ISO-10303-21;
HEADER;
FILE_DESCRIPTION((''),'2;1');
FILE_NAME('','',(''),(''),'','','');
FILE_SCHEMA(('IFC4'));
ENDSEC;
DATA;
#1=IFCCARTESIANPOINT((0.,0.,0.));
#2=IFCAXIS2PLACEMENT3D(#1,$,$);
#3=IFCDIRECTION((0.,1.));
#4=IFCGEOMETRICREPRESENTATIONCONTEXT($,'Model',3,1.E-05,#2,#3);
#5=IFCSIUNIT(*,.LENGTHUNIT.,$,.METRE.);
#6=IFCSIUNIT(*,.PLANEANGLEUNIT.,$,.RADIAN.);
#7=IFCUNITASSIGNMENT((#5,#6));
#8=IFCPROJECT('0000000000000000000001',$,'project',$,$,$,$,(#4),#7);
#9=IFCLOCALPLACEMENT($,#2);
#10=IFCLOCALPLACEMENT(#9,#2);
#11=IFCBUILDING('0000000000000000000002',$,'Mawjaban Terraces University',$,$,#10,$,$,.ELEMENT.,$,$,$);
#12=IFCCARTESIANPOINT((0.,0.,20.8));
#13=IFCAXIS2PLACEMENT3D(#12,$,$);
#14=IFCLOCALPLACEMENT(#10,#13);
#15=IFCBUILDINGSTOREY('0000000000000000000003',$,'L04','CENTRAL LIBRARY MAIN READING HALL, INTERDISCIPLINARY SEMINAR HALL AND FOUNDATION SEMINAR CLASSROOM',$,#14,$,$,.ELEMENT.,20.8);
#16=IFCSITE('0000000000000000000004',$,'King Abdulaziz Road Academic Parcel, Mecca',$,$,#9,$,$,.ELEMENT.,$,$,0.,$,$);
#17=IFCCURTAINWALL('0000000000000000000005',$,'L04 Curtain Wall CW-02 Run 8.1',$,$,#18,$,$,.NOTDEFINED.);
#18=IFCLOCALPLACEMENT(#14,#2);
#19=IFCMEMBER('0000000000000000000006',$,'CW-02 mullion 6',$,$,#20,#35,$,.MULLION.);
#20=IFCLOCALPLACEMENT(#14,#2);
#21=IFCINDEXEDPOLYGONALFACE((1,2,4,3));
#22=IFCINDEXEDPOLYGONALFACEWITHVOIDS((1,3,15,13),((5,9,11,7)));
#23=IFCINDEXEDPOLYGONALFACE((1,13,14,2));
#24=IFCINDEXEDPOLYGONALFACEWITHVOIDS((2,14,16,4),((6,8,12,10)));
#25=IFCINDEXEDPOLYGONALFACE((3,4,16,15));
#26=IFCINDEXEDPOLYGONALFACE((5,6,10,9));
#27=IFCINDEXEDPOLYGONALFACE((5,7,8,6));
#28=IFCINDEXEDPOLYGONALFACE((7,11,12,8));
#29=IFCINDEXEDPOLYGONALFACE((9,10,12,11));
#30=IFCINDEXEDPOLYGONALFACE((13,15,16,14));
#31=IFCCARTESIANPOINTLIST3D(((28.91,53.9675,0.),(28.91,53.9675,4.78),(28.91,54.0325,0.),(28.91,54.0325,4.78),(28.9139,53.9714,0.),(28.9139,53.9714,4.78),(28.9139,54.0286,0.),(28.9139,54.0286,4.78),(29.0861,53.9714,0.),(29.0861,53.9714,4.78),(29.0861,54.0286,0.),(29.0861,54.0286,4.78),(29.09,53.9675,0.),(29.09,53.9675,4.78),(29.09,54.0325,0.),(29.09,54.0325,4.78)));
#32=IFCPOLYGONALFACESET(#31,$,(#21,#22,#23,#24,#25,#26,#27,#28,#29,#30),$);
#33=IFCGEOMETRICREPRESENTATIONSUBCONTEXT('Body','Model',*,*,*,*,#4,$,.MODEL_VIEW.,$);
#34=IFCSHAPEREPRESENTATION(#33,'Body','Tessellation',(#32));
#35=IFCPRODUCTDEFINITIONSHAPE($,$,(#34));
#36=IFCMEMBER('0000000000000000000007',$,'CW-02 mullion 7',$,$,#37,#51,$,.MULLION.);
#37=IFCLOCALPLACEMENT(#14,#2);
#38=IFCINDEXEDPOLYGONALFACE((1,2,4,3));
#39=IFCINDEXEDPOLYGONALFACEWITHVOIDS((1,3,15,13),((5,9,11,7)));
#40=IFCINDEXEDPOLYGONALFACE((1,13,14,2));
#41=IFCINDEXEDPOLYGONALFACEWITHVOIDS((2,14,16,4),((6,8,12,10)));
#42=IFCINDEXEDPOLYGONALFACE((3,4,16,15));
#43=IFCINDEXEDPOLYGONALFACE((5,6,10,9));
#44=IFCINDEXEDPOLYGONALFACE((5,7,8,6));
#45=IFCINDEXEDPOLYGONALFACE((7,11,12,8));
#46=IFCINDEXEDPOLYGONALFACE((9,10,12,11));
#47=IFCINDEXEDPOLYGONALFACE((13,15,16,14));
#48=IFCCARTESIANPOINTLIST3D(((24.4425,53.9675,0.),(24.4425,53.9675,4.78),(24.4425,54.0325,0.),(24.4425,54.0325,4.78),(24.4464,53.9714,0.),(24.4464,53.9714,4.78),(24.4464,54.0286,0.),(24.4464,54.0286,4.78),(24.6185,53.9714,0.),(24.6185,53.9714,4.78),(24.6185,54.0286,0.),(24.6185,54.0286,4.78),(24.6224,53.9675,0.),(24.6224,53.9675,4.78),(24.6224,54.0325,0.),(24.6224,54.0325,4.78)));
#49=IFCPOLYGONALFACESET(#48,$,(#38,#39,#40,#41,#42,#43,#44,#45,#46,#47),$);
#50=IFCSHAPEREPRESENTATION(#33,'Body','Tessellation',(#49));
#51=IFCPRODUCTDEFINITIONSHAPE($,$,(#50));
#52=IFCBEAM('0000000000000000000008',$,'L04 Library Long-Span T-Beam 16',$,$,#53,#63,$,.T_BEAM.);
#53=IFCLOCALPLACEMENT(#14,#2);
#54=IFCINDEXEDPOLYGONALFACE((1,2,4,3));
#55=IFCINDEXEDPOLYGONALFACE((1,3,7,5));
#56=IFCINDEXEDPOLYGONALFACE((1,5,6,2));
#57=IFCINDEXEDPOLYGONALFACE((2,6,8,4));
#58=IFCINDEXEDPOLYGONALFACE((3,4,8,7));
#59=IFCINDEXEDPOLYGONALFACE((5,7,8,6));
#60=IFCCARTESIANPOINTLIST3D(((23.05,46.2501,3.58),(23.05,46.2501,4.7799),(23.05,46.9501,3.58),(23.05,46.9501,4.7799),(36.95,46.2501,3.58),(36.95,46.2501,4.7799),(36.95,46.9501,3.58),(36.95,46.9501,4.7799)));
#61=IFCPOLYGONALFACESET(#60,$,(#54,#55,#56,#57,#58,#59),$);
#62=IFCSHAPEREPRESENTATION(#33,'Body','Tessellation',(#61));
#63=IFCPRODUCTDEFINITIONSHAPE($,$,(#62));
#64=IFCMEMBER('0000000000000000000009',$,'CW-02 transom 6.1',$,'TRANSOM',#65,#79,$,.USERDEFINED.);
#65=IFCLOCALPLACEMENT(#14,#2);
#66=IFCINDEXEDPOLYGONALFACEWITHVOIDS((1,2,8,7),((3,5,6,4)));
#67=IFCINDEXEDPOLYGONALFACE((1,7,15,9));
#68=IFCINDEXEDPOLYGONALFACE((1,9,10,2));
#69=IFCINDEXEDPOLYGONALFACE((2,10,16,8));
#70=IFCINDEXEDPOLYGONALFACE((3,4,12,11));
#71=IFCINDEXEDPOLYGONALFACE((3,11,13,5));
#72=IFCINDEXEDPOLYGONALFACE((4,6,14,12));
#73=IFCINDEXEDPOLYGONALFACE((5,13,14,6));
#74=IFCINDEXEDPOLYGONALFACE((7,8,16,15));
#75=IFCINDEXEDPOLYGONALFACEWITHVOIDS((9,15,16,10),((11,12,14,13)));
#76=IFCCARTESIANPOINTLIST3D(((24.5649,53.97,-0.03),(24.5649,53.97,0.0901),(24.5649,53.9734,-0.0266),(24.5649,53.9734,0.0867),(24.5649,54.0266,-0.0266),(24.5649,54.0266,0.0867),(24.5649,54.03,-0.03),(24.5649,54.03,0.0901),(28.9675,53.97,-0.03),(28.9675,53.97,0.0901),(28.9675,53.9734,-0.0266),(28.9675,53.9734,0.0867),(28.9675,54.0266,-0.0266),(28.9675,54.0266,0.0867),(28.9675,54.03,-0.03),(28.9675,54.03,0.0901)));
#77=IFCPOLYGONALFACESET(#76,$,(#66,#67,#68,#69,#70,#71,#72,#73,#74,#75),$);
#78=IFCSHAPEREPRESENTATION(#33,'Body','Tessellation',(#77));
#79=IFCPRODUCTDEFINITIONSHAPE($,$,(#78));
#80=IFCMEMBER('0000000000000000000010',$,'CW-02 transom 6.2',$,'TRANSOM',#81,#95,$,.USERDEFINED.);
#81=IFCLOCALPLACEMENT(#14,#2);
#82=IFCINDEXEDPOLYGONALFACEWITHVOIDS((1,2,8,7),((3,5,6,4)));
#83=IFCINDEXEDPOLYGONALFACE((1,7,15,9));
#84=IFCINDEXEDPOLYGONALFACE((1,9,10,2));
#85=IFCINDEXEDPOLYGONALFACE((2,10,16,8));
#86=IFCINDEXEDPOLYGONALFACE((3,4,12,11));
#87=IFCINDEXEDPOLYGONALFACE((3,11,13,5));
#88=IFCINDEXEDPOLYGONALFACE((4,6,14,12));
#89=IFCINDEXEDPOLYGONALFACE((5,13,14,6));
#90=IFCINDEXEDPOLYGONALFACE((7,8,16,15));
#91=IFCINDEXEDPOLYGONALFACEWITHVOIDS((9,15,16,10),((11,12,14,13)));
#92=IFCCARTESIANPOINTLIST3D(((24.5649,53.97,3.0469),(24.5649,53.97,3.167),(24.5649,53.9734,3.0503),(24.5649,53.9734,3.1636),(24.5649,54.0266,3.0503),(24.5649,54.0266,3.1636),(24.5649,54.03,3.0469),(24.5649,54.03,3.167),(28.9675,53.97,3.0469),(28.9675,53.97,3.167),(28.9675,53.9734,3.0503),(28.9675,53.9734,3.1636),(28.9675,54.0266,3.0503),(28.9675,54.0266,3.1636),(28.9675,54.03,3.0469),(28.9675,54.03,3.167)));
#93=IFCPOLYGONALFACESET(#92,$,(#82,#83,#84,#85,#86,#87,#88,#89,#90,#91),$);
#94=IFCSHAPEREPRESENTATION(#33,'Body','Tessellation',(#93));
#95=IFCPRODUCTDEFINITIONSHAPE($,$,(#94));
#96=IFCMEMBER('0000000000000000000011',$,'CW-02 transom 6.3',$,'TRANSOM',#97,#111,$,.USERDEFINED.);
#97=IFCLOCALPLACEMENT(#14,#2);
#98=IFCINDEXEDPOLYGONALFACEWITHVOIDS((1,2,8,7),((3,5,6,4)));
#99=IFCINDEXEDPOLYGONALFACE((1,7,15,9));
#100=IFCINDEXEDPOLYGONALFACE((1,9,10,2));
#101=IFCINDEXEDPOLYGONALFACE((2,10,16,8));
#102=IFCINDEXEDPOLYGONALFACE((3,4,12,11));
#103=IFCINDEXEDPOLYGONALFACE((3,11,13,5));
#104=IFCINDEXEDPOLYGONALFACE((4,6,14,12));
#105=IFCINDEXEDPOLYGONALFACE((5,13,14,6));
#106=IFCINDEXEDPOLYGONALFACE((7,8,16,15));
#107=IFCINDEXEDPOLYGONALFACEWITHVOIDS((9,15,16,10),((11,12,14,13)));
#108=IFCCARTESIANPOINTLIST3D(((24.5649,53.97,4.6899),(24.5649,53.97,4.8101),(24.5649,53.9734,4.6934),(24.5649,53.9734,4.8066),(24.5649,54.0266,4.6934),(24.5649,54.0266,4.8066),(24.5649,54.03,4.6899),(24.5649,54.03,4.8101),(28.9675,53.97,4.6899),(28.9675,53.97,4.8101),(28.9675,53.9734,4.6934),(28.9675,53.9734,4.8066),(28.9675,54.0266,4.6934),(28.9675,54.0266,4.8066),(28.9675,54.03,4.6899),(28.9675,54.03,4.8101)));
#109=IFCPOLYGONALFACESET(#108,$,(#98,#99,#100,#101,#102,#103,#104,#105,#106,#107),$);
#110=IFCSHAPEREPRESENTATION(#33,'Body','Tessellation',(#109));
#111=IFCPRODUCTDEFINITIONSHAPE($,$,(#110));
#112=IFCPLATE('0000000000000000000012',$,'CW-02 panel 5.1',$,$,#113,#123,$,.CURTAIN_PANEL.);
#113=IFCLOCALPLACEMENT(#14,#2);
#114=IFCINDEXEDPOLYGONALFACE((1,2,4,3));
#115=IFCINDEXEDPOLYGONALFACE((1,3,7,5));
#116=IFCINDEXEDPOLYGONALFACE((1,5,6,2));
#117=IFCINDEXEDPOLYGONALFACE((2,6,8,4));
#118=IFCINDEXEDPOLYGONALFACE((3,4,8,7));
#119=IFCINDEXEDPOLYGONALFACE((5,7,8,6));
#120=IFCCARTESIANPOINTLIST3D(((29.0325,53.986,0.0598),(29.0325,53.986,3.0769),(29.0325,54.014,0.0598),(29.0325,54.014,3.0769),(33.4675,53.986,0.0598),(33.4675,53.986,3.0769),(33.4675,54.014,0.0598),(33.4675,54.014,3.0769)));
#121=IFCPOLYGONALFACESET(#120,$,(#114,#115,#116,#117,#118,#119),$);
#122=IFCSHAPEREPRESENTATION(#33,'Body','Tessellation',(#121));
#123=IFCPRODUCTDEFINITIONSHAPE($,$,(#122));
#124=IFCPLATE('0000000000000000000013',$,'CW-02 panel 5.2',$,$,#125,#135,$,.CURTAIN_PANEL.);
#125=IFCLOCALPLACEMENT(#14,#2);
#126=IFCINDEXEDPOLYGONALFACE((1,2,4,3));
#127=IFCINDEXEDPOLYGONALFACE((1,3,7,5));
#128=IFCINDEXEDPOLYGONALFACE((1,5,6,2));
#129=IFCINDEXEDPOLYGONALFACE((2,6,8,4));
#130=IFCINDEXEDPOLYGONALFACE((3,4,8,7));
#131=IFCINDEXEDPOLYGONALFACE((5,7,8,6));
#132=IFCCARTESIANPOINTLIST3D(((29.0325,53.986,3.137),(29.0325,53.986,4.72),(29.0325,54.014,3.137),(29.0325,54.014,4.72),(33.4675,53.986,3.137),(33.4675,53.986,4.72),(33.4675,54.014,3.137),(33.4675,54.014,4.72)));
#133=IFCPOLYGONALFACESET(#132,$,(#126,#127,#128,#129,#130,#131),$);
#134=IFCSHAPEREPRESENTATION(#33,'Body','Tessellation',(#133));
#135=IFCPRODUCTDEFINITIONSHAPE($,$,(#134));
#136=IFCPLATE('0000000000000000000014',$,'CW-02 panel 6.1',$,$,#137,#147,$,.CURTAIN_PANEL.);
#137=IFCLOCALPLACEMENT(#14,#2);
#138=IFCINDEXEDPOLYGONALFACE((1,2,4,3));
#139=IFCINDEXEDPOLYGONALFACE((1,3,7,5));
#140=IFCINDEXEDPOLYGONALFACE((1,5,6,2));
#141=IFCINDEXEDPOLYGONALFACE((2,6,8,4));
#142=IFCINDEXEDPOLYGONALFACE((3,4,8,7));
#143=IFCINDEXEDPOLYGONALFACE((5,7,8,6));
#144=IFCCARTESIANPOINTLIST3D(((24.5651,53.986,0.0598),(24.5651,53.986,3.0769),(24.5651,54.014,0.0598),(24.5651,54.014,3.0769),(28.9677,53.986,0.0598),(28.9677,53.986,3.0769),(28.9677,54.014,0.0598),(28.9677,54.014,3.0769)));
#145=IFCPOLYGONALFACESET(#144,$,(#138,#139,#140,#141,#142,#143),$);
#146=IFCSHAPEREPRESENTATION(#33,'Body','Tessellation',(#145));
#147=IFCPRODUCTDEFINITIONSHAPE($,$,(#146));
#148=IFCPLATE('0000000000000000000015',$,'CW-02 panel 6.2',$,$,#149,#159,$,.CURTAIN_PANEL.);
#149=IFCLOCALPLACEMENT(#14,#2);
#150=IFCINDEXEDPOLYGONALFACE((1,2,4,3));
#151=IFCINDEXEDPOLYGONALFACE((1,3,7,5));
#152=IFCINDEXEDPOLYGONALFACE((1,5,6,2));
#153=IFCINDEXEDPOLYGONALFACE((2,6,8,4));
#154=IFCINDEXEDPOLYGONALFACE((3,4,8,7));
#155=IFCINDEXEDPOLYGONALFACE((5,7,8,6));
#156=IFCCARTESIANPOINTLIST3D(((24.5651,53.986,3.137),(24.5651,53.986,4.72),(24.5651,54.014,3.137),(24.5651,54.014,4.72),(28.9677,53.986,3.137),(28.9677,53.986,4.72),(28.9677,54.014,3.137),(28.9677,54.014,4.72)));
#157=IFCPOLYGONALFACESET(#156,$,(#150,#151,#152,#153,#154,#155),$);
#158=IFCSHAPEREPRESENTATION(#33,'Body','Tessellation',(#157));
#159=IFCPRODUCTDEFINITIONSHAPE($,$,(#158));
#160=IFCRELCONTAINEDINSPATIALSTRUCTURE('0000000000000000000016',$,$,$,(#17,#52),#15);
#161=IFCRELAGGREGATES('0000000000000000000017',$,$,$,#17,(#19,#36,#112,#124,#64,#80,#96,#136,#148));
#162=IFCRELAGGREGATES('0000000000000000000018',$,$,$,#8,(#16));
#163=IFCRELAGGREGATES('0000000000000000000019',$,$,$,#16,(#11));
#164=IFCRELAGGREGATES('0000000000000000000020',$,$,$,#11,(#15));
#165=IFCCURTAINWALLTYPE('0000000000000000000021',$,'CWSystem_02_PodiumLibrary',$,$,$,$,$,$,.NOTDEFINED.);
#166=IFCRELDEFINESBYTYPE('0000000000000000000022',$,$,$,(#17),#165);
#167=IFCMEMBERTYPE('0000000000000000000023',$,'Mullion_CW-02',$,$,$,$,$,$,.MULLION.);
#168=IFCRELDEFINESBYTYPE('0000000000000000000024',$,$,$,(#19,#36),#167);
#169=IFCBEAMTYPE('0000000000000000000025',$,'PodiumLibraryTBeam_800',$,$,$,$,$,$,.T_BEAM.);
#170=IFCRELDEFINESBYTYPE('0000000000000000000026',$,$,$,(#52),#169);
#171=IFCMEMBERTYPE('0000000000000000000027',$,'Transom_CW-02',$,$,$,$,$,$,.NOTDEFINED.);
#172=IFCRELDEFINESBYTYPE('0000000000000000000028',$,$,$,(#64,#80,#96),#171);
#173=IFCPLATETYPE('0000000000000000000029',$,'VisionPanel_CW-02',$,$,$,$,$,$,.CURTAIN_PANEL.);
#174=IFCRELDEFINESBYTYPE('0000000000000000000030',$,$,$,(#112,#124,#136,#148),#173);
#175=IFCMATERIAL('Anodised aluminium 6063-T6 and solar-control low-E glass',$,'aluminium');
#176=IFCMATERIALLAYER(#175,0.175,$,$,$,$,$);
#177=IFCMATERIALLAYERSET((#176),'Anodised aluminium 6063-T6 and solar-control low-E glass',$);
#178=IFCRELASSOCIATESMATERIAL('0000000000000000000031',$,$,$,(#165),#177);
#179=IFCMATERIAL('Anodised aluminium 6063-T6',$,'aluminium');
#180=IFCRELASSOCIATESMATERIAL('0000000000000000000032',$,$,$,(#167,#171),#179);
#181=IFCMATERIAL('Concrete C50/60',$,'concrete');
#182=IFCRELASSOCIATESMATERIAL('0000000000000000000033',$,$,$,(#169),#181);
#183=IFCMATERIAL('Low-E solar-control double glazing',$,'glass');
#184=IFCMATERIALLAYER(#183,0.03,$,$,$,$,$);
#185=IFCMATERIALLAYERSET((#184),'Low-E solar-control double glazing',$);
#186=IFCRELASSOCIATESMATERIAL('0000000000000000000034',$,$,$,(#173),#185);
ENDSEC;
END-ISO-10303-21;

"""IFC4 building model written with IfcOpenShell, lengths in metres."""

from ifc_helpers import new_model, si_unit, direction, frame, origin, origin_2d, place, context, subcontext, project, spatial, rectangle, hollow_rectangle, extrude, material, layer, layer_set, material_profile, profile_set, type_object, element, aggregate, save


model = new_model("IFC4")

# Units and contexts
model_context = context("Model", 3, precision=1e-05, world=origin(), true_north=direction((0.0, 1.0)))
body_context = subcontext(model_context, "Body", "Model", "MODEL_VIEW")
ifc_project = project(units=[si_unit("LENGTHUNIT", "METRE"), si_unit("PLANEANGLEUNIT", "RADIAN")], contexts=[model_context])

# Site, building, storey
site_placement = place(None, origin())
site = spatial("IfcSite", under=ifc_project, at=site_placement, Name="King Abdulaziz Road Academic Parcel, Mecca", CompositionType="ELEMENT", RefElevation=0.0)
building_placement = place(site_placement, origin())
building = spatial("IfcBuilding", under=site, at=building_placement, Name="Mawjaban Terraces University", CompositionType="ELEMENT")
storey_placement = place(building_placement, frame((0.0, 0.0, 20.8)))
storey = spatial("IfcBuildingStorey", under=building, at=storey_placement, Name="L04", Description="CENTRAL LIBRARY MAIN READING HALL, INTERDISCIPLINARY SEMINAR HALL AND FOUNDATION SEMINAR CLASSROOM", CompositionType="ELEMENT", Elevation=20.8)

# Curtain wall, members
ifc_material_1 = material(Name="Anodised aluminium 6063-T6 and solar-control low-E glass", Category="aluminium")
ifc_layer_1 = layer(ifc_material_1, 0.175)
ifc_layer_set_1 = layer_set([ifc_layer_1], Name="Anodised aluminium 6063-T6 and solar-control low-E glass")
curtain_wall_type = type_object("IfcCurtainWallType", Name="CWSystem_02_PodiumLibrary", PredefinedType="NOTDEFINED", material=ifc_layer_set_1)
curtain_wall_placement = place(storey_placement, origin())
curtain_wall = element("IfcCurtainWall", 1, at=curtain_wall_placement, inside=storey, type_object=curtain_wall_type, Name="L04 Curtain Wall CW-02 Run 8.1", PredefinedType="NOTDEFINED")
ifc_material_2 = material(Name="Anodised aluminium 6063-T6", Category="aluminium")
ifc_material_profile_1 = material_profile(ifc_material_2, hollow_rectangle(XDim=0.0649, YDim=0.1799, WallThickness=0.0039, at=origin_2d()), Name="ALU180X65X4")
ifc_profile_set_1 = profile_set([ifc_material_profile_1], Name="Anodised aluminium 6063-T6")
member_type_1 = type_object("IfcMemberType", Name="Mullion_CW-02", PredefinedType="MULLION", material=ifc_profile_set_1)
member_1_placement = place(storey_placement, frame((29.0, 54.0, 0.0), z_axis=(0.0, 0.0, 1.0), x_axis=(0.0, -1.0, 0.0)))
member_1 = element("IfcMember", 2, at=member_1_placement, type_object=member_type_1, Name="CW-02 mullion 6", PredefinedType="MULLION", context=body_context, shape_type="SweptSolid", body=[
    extrude(hollow_rectangle(XDim=0.0649, YDim=0.1799, WallThickness=0.0039, at=origin_2d()), origin(), (0.0, 0.0, 1.0), 4.78),
])
member_2_placement = place(storey_placement, frame((24.5325, 54.0, 0.0), z_axis=(0.0, 0.0, 1.0), x_axis=(0.0, -1.0, 0.0)))
member_2 = element("IfcMember", 3, at=member_2_placement, type_object=member_type_1, Name="CW-02 mullion 7", PredefinedType="MULLION", context=body_context, shape_type="SweptSolid", body=[
    extrude(hollow_rectangle(XDim=0.0649, YDim=0.1799, WallThickness=0.0039, at=origin_2d()), origin(), (0.0, 0.0, 1.0), 4.78),
])

# Beam
ifc_material_3 = material(Name="Concrete C50/60", Category="concrete")
ifc_material_profile_2 = material_profile(ifc_material_3, rectangle(XDim=0.7, YDim=1.2, at=origin_2d()), Name="RC1200X700")
ifc_profile_set_2 = profile_set([ifc_material_profile_2], Name="Concrete C50/60")
beam_type = type_object("IfcBeamType", Name="PodiumLibraryTBeam_800", PredefinedType="T_BEAM", material=ifc_profile_set_2)
beam_placement = place(storey_placement, frame((23.05, 46.6001, 4.1799), z_axis=(1.0, 0.0, 0.0), x_axis=(0.0, 1.0, 0.0)))
element("IfcBeam", 4, at=beam_placement, inside=storey, type_object=beam_type, Name="L04 Library Long-Span T-Beam 16", PredefinedType="T_BEAM", context=body_context, shape_type="SweptSolid", body=[
    extrude(rectangle(XDim=0.7, YDim=1.2, at=origin_2d()), origin(), (0.0, 0.0, 1.0), 13.8999),
])

# Members
ifc_material_profile_3 = material_profile(ifc_material_2, hollow_rectangle(XDim=0.0601, YDim=0.1201, WallThickness=0.0034, at=origin_2d()), Name="ALU120X60X3.5")
ifc_profile_set_3 = profile_set([ifc_material_profile_3], Name="Anodised aluminium 6063-T6")
member_type_2 = type_object("IfcMemberType", Name="Transom_CW-02", PredefinedType="NOTDEFINED", material=ifc_profile_set_3)
member_3_placement = place(storey_placement, frame((28.9675, 54.0, 0.03), z_axis=(-1.0, 0.0, 0.0), x_axis=(0.0, -1.0, 0.0)))
member_3 = element("IfcMember", 5, at=member_3_placement, type_object=member_type_2, Name="CW-02 transom 6.1", ObjectType="TRANSOM", PredefinedType="USERDEFINED", context=body_context, shape_type="SweptSolid", body=[
    extrude(hollow_rectangle(XDim=0.0601, YDim=0.1201, WallThickness=0.0034, at=origin_2d()), origin(), (0.0, 0.0, 1.0), 4.4026),
])
member_4_placement = place(storey_placement, frame((28.9675, 54.0, 3.1069), z_axis=(-1.0, 0.0, 0.0), x_axis=(0.0, -1.0, 0.0)))
member_4 = element("IfcMember", 6, at=member_4_placement, type_object=member_type_2, Name="CW-02 transom 6.2", ObjectType="TRANSOM", PredefinedType="USERDEFINED", context=body_context, shape_type="SweptSolid", body=[
    extrude(hollow_rectangle(XDim=0.0601, YDim=0.1201, WallThickness=0.0034, at=origin_2d()), origin(), (0.0, 0.0, 1.0), 4.4026),
])
member_5_placement = place(storey_placement, frame((28.9675, 54.0, 4.75), z_axis=(-1.0, 0.0, 0.0), x_axis=(0.0, -1.0, 0.0)))
member_5 = element("IfcMember", 7, at=member_5_placement, type_object=member_type_2, Name="CW-02 transom 6.3", ObjectType="TRANSOM", PredefinedType="USERDEFINED", context=body_context, shape_type="SweptSolid", body=[
    extrude(hollow_rectangle(XDim=0.0601, YDim=0.1201, WallThickness=0.0034, at=origin_2d()), origin(), (0.0, 0.0, 1.0), 4.4026),
])

# Plates
ifc_material_4 = material(Name="Low-E solar-control double glazing", Category="glass")
ifc_layer_2 = layer(ifc_material_4, 0.03)
ifc_layer_set_2 = layer_set([ifc_layer_2], Name="Low-E solar-control double glazing")
plate_type = type_object("IfcPlateType", Name="VisionPanel_CW-02", PredefinedType="CURTAIN_PANEL", material=ifc_layer_set_2)
plate_1_placement = place(storey_placement, frame((31.25, 54.0, 0.0598), z_axis=(0.0, 0.0, 1.0), x_axis=(-1.0, 0.0, 0.0)))
plate_1 = element("IfcPlate", 8, at=plate_1_placement, type_object=plate_type, Name="CW-02 panel 5.1", PredefinedType="CURTAIN_PANEL", context=body_context, shape_type="SweptSolid", body=[
    extrude(rectangle(XDim=4.4351, YDim=0.0281, at=origin_2d()), origin(), (0.0, 0.0, 1.0), 3.0171),
])
plate_2_placement = place(storey_placement, frame((31.25, 54.0, 3.137), z_axis=(0.0, 0.0, 1.0), x_axis=(-1.0, 0.0, 0.0)))
plate_2 = element("IfcPlate", 9, at=plate_2_placement, type_object=plate_type, Name="CW-02 panel 5.2", PredefinedType="CURTAIN_PANEL", context=body_context, shape_type="SweptSolid", body=[
    extrude(rectangle(XDim=4.4351, YDim=0.0281, at=origin_2d()), origin(), (0.0, 0.0, 1.0), 1.583),
])
plate_3_placement = place(storey_placement, frame((26.7664, 54.0, 0.0598), z_axis=(0.0, 0.0, 1.0), x_axis=(-1.0, 0.0, 0.0)))
plate_3 = element("IfcPlate", 10, at=plate_3_placement, type_object=plate_type, Name="CW-02 panel 6.1", PredefinedType="CURTAIN_PANEL", context=body_context, shape_type="SweptSolid", body=[
    extrude(rectangle(XDim=4.4026, YDim=0.0281, at=origin_2d()), origin(), (0.0, 0.0, 1.0), 3.0171),
])
plate_4_placement = place(storey_placement, frame((26.7664, 54.0, 3.137), z_axis=(0.0, 0.0, 1.0), x_axis=(-1.0, 0.0, 0.0)))
plate_4 = element("IfcPlate", 11, at=plate_4_placement, type_object=plate_type, Name="CW-02 panel 6.2", PredefinedType="CURTAIN_PANEL", context=body_context, shape_type="SweptSolid", body=[
    extrude(rectangle(XDim=4.4026, YDim=0.0281, at=origin_2d()), origin(), (0.0, 0.0, 1.0), 1.583),
])
aggregate(curtain_wall, [member_1, member_2, plate_1, plate_2, member_3, member_4, member_5, plate_3, plate_4])

save(model, "model.ifc")
